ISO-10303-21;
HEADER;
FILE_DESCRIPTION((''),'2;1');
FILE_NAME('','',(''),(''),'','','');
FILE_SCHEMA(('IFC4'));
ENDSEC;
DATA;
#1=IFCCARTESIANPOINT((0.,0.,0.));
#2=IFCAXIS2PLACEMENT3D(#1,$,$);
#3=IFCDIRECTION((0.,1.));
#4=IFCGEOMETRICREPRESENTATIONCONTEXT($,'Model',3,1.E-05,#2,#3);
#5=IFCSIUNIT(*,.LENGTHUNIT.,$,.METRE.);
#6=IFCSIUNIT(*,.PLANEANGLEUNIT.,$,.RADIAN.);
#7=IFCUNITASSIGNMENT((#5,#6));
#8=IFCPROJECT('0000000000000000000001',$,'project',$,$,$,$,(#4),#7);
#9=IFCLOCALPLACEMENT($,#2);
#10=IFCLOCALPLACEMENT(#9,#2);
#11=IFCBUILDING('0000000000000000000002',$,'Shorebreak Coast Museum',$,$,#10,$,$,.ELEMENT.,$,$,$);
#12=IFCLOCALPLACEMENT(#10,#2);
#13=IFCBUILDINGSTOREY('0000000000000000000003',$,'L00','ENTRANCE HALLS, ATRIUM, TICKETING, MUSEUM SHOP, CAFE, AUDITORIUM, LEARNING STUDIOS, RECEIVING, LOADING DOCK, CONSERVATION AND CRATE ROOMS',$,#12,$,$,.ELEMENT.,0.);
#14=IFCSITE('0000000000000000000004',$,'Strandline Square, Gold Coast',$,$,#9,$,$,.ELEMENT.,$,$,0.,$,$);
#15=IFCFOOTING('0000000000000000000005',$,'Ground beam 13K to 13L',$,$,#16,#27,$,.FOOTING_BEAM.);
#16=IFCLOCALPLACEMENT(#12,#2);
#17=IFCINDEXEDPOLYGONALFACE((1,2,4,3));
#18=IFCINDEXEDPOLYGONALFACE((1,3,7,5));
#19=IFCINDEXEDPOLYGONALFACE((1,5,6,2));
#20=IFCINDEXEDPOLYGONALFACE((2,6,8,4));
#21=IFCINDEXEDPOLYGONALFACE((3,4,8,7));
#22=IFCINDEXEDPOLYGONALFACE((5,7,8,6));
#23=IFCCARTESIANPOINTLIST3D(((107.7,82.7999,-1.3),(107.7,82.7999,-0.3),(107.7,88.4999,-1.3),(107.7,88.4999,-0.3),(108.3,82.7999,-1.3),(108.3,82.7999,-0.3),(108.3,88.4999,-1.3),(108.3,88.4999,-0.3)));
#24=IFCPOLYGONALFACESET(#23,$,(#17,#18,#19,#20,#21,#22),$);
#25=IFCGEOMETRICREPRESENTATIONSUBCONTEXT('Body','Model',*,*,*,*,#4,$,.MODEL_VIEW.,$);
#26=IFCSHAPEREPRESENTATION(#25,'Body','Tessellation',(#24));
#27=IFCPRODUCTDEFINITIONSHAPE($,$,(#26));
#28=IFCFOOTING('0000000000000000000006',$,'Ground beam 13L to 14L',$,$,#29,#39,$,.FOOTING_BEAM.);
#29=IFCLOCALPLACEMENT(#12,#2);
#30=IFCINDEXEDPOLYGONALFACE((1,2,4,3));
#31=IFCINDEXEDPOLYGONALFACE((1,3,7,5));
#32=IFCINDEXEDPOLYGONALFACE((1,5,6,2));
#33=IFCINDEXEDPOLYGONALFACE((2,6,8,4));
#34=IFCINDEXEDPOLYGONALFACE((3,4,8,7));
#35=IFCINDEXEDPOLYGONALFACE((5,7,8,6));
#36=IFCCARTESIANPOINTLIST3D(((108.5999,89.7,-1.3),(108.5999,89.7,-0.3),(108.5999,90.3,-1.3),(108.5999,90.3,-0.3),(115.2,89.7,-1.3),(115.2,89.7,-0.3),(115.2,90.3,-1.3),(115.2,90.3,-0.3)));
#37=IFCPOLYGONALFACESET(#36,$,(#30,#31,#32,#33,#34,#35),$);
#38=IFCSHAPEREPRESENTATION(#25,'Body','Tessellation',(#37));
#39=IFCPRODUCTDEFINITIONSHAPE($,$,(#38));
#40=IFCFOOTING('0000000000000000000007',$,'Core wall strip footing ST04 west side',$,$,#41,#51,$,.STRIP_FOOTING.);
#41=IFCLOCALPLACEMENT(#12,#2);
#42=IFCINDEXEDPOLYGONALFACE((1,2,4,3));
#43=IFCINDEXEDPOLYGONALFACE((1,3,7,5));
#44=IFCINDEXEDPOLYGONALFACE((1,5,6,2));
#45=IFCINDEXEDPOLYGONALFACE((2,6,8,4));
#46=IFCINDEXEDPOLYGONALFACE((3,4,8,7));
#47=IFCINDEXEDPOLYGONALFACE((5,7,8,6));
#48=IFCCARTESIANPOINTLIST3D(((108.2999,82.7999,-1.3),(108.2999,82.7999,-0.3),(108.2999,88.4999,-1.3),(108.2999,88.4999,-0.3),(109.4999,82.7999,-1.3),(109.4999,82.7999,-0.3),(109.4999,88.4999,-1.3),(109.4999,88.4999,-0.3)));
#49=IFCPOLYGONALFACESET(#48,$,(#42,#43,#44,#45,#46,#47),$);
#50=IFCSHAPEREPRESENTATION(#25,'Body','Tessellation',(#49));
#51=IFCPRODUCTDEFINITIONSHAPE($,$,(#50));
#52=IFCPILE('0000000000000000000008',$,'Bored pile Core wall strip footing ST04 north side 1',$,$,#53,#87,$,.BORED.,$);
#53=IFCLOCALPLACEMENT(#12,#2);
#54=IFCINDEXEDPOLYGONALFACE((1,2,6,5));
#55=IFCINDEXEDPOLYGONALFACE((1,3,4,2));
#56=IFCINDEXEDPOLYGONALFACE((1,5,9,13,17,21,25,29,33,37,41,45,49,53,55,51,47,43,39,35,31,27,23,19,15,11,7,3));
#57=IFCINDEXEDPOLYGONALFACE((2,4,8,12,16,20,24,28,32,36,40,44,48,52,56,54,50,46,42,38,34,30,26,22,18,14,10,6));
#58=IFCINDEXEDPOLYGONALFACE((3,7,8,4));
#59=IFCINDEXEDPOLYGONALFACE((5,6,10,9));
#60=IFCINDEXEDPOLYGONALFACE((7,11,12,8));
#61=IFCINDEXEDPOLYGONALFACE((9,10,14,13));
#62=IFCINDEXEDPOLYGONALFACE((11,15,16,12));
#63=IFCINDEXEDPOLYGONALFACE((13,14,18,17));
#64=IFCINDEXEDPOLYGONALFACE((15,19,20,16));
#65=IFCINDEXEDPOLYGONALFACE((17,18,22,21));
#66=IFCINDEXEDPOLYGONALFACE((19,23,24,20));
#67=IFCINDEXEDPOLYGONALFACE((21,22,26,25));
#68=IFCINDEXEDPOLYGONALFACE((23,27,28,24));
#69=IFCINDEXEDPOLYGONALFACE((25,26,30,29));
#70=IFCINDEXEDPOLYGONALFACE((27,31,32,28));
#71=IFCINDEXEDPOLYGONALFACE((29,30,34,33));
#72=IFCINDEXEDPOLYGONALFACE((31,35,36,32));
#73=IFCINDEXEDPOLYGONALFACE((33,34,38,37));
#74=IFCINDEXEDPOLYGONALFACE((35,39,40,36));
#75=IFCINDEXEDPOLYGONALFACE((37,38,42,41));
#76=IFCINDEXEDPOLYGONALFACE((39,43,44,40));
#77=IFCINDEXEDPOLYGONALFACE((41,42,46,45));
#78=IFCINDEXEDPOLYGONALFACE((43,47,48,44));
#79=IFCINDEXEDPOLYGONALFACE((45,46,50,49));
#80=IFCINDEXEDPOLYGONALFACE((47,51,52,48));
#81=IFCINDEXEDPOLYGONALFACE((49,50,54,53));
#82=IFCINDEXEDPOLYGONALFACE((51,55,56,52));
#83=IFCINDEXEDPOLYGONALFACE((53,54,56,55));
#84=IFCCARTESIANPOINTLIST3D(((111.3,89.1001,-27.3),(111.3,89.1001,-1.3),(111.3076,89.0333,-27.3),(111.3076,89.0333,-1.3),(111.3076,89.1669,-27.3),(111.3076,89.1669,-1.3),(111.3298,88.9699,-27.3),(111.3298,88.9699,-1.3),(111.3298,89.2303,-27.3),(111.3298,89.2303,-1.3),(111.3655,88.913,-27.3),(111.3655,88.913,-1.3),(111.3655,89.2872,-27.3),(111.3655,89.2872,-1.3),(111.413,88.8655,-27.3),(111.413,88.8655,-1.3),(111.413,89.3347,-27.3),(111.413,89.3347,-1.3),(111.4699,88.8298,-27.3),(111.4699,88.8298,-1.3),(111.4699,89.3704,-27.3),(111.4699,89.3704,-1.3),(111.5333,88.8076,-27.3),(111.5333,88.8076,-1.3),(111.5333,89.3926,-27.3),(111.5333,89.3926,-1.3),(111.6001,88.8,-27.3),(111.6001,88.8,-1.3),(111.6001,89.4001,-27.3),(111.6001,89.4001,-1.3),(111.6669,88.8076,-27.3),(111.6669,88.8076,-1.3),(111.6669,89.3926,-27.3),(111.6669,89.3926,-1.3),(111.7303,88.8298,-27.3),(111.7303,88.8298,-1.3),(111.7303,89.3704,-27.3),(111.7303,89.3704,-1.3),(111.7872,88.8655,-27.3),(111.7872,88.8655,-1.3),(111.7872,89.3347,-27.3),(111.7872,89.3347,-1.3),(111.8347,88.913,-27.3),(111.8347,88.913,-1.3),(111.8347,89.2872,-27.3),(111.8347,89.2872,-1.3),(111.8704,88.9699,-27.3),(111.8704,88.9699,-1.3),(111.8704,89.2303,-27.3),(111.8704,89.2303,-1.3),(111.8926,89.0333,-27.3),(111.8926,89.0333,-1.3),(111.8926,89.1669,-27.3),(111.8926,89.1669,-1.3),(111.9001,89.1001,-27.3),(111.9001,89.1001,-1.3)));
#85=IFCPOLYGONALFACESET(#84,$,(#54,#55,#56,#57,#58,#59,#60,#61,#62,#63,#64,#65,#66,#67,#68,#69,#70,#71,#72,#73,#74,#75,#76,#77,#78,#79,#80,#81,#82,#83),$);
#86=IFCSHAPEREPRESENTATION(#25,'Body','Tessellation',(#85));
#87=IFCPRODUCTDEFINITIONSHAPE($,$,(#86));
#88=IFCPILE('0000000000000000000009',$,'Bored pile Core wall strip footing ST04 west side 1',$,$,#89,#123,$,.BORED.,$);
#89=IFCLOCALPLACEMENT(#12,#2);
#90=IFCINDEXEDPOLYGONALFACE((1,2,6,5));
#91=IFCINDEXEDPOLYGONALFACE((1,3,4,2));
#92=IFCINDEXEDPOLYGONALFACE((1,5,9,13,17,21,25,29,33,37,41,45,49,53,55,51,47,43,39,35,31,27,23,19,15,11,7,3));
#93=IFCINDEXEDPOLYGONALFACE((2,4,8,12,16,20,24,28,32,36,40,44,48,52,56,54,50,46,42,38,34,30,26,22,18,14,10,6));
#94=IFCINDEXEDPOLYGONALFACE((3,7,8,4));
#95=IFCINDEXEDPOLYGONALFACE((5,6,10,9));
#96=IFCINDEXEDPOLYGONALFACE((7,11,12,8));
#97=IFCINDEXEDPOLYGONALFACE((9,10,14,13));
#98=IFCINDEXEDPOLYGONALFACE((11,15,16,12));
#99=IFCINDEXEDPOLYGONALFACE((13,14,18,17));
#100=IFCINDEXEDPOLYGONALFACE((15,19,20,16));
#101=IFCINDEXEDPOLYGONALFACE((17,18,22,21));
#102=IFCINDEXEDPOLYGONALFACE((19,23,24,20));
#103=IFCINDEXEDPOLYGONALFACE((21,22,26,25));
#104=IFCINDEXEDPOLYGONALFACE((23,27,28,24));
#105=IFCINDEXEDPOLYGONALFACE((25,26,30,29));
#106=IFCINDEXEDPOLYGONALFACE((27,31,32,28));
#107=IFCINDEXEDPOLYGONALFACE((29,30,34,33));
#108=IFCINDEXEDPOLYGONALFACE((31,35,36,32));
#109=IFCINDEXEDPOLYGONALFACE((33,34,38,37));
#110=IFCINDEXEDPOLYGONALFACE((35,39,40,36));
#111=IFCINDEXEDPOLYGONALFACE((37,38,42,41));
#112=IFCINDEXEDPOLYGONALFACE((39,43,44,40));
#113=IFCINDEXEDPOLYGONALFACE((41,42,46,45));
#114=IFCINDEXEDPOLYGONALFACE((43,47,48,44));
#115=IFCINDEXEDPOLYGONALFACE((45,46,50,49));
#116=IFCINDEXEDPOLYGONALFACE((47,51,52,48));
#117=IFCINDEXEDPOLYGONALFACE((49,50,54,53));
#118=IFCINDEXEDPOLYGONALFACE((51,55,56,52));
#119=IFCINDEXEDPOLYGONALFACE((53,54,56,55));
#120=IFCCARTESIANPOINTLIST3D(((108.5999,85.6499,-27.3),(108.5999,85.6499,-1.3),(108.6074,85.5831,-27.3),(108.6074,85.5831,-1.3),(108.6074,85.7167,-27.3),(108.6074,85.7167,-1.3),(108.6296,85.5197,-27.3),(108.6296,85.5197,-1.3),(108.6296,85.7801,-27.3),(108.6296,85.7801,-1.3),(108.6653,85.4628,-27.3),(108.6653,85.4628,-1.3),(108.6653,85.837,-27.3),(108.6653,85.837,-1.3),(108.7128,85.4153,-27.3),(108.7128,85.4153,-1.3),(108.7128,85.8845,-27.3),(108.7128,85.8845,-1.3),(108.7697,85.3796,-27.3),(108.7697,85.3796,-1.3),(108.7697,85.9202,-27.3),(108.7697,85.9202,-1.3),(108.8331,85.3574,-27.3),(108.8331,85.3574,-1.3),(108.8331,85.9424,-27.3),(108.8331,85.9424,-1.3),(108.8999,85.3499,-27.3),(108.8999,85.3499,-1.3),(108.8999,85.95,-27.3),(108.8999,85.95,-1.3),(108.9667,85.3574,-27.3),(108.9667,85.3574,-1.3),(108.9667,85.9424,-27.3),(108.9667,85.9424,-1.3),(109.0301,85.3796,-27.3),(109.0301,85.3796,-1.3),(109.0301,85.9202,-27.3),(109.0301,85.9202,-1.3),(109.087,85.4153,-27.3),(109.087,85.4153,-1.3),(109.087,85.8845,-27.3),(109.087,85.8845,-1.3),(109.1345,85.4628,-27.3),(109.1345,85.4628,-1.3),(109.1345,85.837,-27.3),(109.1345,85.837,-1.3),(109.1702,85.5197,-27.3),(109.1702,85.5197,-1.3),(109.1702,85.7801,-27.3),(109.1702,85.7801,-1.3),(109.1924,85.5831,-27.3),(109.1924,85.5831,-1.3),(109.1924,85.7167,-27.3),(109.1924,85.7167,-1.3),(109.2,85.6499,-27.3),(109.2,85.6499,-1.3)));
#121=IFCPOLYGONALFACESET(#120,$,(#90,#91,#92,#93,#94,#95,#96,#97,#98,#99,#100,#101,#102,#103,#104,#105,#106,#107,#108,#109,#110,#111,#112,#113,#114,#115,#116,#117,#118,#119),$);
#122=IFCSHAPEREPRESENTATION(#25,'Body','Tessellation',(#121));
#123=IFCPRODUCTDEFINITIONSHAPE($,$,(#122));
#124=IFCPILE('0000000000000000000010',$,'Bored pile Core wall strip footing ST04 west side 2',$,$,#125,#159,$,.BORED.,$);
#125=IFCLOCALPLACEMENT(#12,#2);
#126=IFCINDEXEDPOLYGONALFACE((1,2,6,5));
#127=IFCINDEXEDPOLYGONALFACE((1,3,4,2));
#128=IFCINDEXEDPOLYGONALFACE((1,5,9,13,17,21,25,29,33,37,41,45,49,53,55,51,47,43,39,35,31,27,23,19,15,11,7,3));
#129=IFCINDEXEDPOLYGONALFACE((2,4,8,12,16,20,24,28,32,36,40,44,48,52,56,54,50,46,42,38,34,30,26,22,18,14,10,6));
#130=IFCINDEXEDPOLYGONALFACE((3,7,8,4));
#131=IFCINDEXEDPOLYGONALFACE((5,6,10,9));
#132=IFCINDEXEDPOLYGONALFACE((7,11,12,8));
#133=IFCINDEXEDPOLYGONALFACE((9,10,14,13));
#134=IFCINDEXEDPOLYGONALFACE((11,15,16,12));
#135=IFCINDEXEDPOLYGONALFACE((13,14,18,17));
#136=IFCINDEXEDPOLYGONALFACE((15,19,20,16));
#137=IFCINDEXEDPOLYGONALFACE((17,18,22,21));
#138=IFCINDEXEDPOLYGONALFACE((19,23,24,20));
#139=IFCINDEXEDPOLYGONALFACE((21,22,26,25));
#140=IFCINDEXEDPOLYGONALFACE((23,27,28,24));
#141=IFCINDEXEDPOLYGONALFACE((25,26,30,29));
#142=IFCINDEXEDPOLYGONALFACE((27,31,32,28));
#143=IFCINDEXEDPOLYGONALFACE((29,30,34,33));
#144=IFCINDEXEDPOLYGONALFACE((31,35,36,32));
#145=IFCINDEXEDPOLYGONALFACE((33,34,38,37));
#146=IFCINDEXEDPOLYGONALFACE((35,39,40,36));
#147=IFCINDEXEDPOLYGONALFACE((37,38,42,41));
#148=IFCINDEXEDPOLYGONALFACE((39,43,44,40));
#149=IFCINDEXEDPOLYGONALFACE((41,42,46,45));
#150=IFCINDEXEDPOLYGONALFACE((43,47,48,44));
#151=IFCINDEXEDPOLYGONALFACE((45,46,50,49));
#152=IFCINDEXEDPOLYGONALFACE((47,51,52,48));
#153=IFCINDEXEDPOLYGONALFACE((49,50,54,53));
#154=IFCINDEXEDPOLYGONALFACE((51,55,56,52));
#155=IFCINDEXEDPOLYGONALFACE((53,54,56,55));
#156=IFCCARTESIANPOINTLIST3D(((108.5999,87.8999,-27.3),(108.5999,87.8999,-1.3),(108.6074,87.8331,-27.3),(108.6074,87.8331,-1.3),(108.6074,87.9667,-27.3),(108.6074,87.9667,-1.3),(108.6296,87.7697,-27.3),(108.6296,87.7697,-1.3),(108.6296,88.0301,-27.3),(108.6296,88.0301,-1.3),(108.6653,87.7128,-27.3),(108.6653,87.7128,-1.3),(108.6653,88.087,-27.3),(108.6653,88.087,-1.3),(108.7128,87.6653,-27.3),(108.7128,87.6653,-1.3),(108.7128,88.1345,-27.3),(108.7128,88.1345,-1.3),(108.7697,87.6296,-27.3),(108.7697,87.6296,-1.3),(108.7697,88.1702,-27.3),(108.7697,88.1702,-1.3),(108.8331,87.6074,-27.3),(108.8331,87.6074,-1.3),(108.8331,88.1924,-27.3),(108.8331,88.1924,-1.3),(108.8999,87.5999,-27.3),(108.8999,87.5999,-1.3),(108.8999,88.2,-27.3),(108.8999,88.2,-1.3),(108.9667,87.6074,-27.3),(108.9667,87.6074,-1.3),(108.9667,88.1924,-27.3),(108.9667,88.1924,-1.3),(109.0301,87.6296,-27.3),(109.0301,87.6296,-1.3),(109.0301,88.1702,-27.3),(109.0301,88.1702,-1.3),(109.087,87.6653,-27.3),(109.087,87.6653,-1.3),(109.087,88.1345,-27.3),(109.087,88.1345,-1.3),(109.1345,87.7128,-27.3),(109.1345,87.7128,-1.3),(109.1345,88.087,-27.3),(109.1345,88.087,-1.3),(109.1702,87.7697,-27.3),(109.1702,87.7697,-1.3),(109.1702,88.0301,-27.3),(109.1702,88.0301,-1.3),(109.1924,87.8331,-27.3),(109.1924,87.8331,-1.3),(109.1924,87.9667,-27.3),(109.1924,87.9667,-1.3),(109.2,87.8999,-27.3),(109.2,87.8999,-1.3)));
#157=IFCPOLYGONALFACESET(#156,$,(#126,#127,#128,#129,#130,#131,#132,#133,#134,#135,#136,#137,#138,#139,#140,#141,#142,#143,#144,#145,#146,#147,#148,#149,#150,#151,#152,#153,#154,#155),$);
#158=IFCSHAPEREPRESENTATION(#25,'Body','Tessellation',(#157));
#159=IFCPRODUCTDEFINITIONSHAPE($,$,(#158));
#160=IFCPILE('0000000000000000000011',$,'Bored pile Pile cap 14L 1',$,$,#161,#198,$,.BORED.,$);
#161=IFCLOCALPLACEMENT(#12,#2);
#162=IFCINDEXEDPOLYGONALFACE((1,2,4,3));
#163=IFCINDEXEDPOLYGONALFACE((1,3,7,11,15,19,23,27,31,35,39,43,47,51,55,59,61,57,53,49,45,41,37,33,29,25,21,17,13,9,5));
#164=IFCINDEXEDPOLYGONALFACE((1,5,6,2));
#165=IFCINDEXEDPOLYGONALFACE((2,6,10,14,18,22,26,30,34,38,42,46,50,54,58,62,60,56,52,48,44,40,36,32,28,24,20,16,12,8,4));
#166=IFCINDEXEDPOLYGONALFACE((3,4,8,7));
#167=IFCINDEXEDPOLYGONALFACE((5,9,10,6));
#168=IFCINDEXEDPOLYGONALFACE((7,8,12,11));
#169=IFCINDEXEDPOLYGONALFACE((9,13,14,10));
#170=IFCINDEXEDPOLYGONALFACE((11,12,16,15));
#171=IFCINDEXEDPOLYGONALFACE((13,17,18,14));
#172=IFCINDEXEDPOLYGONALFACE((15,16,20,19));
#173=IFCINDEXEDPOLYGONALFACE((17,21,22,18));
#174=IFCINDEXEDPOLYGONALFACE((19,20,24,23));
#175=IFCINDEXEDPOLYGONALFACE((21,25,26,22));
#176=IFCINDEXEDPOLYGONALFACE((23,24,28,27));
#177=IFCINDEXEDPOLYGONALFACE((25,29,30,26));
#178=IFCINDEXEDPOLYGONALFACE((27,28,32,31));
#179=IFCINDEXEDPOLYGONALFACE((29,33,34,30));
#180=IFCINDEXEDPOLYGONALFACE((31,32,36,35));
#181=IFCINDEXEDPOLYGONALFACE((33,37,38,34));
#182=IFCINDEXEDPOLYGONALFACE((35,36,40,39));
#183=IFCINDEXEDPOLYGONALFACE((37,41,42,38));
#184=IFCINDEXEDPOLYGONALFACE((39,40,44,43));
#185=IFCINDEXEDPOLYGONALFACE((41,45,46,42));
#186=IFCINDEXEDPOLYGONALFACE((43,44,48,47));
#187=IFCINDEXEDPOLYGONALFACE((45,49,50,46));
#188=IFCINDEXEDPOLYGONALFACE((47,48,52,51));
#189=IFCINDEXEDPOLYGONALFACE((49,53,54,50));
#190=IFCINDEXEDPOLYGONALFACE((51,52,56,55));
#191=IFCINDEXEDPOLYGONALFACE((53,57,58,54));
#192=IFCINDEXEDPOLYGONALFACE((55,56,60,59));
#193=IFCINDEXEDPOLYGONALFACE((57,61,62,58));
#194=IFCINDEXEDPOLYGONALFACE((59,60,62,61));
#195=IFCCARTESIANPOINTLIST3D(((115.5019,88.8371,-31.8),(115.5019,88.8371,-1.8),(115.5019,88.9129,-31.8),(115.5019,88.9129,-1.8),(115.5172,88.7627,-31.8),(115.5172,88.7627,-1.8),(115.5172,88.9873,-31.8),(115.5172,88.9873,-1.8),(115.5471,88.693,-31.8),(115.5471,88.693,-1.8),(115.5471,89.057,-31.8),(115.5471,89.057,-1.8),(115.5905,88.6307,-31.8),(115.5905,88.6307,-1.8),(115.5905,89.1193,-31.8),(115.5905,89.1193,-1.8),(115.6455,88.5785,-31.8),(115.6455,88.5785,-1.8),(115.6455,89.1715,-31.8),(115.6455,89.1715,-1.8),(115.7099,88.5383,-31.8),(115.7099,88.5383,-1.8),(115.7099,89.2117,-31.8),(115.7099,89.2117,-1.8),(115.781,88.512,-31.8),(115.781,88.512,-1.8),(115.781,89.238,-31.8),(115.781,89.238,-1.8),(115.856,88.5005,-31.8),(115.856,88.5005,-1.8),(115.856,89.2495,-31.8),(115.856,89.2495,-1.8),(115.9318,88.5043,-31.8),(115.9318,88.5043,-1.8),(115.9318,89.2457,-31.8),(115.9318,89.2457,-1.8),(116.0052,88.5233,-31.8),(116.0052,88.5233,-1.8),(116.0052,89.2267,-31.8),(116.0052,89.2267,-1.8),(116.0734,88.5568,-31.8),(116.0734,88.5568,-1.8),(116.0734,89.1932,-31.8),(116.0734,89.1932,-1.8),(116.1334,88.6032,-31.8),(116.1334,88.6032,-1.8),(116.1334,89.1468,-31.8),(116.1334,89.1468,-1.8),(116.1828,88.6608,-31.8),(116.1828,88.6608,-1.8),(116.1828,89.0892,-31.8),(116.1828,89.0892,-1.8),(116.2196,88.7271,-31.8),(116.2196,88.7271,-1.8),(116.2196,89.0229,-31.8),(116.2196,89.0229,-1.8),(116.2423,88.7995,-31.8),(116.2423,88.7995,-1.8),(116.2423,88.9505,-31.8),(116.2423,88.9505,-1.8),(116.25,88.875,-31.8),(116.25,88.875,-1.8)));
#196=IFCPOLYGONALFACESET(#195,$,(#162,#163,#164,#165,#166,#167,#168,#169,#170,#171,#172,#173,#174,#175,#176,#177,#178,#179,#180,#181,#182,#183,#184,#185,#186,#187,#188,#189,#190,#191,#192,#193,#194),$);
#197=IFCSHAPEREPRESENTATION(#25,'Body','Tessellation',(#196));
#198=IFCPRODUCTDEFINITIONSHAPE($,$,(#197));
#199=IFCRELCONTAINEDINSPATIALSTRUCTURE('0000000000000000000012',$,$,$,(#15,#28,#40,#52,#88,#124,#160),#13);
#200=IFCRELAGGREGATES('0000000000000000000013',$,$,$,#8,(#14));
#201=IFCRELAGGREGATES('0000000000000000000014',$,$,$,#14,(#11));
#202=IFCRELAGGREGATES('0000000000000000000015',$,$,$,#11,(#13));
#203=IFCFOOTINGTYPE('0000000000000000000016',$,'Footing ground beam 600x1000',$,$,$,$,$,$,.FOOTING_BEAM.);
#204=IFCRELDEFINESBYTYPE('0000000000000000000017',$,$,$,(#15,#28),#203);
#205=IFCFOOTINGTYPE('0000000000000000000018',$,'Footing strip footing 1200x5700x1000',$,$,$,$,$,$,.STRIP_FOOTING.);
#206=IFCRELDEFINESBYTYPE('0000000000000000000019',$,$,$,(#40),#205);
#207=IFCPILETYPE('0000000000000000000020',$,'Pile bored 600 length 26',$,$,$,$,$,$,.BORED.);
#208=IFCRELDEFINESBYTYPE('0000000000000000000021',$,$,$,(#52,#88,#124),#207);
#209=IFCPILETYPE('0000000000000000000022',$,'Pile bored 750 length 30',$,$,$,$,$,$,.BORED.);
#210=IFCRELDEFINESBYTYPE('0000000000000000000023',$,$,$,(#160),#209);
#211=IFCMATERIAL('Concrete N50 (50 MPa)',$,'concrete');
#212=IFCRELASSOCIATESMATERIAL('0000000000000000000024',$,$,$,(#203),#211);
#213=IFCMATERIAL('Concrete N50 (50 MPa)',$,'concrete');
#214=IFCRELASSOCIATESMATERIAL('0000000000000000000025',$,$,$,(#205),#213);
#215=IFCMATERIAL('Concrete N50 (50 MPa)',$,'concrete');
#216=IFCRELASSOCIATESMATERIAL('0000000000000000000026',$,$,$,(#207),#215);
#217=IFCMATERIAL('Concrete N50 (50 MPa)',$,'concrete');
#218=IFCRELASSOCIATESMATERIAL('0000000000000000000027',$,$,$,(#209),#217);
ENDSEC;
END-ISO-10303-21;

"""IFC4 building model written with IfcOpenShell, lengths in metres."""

from ifc_helpers import new_model, si_unit, direction, frame, origin, origin_2d, place, context, subcontext, project, spatial, rectangle, circle, extrude, material, material_profile, profile_set, type_object, element, save


model = new_model("IFC4")

# Units and contexts
model_context = context("Model", 3, precision=1e-05, world=origin(), true_north=direction((0.0, 1.0)))
body_context = subcontext(model_context, "Body", "Model", "MODEL_VIEW")
ifc_project = project(units=[si_unit("LENGTHUNIT", "METRE"), si_unit("PLANEANGLEUNIT", "RADIAN")], contexts=[model_context])

# Site, building, storey
site_placement = place(None, origin())
site = spatial("IfcSite", under=ifc_project, at=site_placement, Name="Strandline Square, Gold Coast", CompositionType="ELEMENT", RefElevation=0.0)
building_placement = place(site_placement, origin())
building = spatial("IfcBuilding", under=site, at=building_placement, Name="Shorebreak Coast Museum", CompositionType="ELEMENT")
storey_placement = place(building_placement, origin())
storey = spatial("IfcBuildingStorey", under=building, at=storey_placement, Name="L00", Description="ENTRANCE HALLS, ATRIUM, TICKETING, MUSEUM SHOP, CAFE, AUDITORIUM, LEARNING STUDIOS, RECEIVING, LOADING DOCK, CONSERVATION AND CRATE ROOMS", CompositionType="ELEMENT", Elevation=0.0)

# Footings
ifc_material_1 = material(Name="Concrete N50 (50 MPa)", Category="concrete")
footing_type_1 = type_object("IfcFootingType", Name="Footing ground beam 600x1000", PredefinedType="FOOTING_BEAM", material=ifc_material_1)
footing_1_placement = place(storey_placement, frame((108.0, 85.6499, -1.3), z_axis=(0.0, 0.0, 1.0), x_axis=(1.0, 0.0, 0.0)))
element("IfcFooting", 1, at=footing_1_placement, inside=storey, type_object=footing_type_1, Name="Ground beam 13K to 13L", PredefinedType="FOOTING_BEAM", context=body_context, shape_type="SweptSolid", body=[
    extrude(rectangle(XDim=0.6001, YDim=5.7, at=origin_2d()), origin(), (0.0, 0.0, 1.0), 1.0),
])
footing_2_placement = place(storey_placement, frame((111.8999, 90.0, -1.3), z_axis=(0.0, 0.0, 1.0), x_axis=(1.0, 0.0, 0.0)))
element("IfcFooting", 2, at=footing_2_placement, inside=storey, type_object=footing_type_1, Name="Ground beam 13L to 14L", PredefinedType="FOOTING_BEAM", context=body_context, shape_type="SweptSolid", body=[
    extrude(rectangle(XDim=6.6001, YDim=0.6001, at=origin_2d()), origin(), (0.0, 0.0, 1.0), 1.0),
])
ifc_material_2 = material(Name="Concrete N50 (50 MPa)", Category="concrete")
footing_type_2 = type_object("IfcFootingType", Name="Footing strip footing 1200x5700x1000", PredefinedType="STRIP_FOOTING", material=ifc_material_2)
footing_3_placement = place(storey_placement, frame((108.8999, 85.6499, -1.3), z_axis=(0.0, 0.0, 1.0), x_axis=(1.0, 0.0, 0.0)))
element("IfcFooting", 3, at=footing_3_placement, inside=storey, type_object=footing_type_2, Name="Core wall strip footing ST04 west side", PredefinedType="STRIP_FOOTING", context=body_context, shape_type="SweptSolid", body=[
    extrude(rectangle(XDim=1.2, YDim=5.7, at=origin_2d()), origin(), (0.0, 0.0, 1.0), 1.0),
])

# Piles
ifc_material_3 = material(Name="Concrete N50 (50 MPa)", Category="concrete")
ifc_material_profile_1 = material_profile(ifc_material_3, circle(Radius=0.3, at=origin_2d()), Name="Pile bored 600 length 26")
ifc_profile_set_1 = profile_set([ifc_material_profile_1], Name="Concrete N50 (50 MPa)")
pile_type_1 = type_object("IfcPileType", Name="Pile bored 600 length 26", PredefinedType="BORED", material=ifc_profile_set_1)
for number, where, z_axis, x_axis, name in (
    (4, (111.6001, 89.1001, -1.3), (0.0, 0.0, -1.0), (1.0, 0.0, 0.0), "Bored pile Core wall strip footing ST04 north side 1"),
    (5, (108.8999, 85.6499, -1.3), (0.0, 0.0, -1.0), (1.0, 0.0, 0.0), "Bored pile Core wall strip footing ST04 west side 1"),
    (6, (108.8999, 87.8999, -1.3), (0.0, 0.0, -1.0), (1.0, 0.0, 0.0), "Bored pile Core wall strip footing ST04 west side 2"),
):
    element("IfcPile", number, at=place(storey_placement, frame(where, z_axis=z_axis, x_axis=x_axis)), inside=storey, type_object=pile_type_1, Name=name, PredefinedType="BORED", context=body_context, shape_type="SweptSolid", body=[
        extrude(circle(Radius=0.3, at=origin_2d()), origin(), (0.0, 0.0, 1.0), 26.0),
    ])
ifc_material_4 = material(Name="Concrete N50 (50 MPa)", Category="concrete")
ifc_material_profile_2 = material_profile(ifc_material_4, circle(Radius=0.375, at=origin_2d()), Name="Pile bored 750 length 30")
ifc_profile_set_2 = profile_set([ifc_material_profile_2], Name="Concrete N50 (50 MPa)")
pile_type_2 = type_object("IfcPileType", Name="Pile bored 750 length 30", PredefinedType="BORED", material=ifc_profile_set_2)
pile_placement = place(storey_placement, frame((115.875, 88.875, -1.8), z_axis=(0.0, 0.0, -1.0), x_axis=(1.0, 0.0, 0.0)))
element("IfcPile", 7, at=pile_placement, inside=storey, type_object=pile_type_2, Name="Bored pile Pile cap 14L 1", PredefinedType="BORED", context=body_context, shape_type="SweptSolid", body=[
    extrude(circle(Radius=0.375, at=origin_2d()), origin(), (0.0, 0.0, 1.0), 30.0),
])

save(model, "model.ifc")
